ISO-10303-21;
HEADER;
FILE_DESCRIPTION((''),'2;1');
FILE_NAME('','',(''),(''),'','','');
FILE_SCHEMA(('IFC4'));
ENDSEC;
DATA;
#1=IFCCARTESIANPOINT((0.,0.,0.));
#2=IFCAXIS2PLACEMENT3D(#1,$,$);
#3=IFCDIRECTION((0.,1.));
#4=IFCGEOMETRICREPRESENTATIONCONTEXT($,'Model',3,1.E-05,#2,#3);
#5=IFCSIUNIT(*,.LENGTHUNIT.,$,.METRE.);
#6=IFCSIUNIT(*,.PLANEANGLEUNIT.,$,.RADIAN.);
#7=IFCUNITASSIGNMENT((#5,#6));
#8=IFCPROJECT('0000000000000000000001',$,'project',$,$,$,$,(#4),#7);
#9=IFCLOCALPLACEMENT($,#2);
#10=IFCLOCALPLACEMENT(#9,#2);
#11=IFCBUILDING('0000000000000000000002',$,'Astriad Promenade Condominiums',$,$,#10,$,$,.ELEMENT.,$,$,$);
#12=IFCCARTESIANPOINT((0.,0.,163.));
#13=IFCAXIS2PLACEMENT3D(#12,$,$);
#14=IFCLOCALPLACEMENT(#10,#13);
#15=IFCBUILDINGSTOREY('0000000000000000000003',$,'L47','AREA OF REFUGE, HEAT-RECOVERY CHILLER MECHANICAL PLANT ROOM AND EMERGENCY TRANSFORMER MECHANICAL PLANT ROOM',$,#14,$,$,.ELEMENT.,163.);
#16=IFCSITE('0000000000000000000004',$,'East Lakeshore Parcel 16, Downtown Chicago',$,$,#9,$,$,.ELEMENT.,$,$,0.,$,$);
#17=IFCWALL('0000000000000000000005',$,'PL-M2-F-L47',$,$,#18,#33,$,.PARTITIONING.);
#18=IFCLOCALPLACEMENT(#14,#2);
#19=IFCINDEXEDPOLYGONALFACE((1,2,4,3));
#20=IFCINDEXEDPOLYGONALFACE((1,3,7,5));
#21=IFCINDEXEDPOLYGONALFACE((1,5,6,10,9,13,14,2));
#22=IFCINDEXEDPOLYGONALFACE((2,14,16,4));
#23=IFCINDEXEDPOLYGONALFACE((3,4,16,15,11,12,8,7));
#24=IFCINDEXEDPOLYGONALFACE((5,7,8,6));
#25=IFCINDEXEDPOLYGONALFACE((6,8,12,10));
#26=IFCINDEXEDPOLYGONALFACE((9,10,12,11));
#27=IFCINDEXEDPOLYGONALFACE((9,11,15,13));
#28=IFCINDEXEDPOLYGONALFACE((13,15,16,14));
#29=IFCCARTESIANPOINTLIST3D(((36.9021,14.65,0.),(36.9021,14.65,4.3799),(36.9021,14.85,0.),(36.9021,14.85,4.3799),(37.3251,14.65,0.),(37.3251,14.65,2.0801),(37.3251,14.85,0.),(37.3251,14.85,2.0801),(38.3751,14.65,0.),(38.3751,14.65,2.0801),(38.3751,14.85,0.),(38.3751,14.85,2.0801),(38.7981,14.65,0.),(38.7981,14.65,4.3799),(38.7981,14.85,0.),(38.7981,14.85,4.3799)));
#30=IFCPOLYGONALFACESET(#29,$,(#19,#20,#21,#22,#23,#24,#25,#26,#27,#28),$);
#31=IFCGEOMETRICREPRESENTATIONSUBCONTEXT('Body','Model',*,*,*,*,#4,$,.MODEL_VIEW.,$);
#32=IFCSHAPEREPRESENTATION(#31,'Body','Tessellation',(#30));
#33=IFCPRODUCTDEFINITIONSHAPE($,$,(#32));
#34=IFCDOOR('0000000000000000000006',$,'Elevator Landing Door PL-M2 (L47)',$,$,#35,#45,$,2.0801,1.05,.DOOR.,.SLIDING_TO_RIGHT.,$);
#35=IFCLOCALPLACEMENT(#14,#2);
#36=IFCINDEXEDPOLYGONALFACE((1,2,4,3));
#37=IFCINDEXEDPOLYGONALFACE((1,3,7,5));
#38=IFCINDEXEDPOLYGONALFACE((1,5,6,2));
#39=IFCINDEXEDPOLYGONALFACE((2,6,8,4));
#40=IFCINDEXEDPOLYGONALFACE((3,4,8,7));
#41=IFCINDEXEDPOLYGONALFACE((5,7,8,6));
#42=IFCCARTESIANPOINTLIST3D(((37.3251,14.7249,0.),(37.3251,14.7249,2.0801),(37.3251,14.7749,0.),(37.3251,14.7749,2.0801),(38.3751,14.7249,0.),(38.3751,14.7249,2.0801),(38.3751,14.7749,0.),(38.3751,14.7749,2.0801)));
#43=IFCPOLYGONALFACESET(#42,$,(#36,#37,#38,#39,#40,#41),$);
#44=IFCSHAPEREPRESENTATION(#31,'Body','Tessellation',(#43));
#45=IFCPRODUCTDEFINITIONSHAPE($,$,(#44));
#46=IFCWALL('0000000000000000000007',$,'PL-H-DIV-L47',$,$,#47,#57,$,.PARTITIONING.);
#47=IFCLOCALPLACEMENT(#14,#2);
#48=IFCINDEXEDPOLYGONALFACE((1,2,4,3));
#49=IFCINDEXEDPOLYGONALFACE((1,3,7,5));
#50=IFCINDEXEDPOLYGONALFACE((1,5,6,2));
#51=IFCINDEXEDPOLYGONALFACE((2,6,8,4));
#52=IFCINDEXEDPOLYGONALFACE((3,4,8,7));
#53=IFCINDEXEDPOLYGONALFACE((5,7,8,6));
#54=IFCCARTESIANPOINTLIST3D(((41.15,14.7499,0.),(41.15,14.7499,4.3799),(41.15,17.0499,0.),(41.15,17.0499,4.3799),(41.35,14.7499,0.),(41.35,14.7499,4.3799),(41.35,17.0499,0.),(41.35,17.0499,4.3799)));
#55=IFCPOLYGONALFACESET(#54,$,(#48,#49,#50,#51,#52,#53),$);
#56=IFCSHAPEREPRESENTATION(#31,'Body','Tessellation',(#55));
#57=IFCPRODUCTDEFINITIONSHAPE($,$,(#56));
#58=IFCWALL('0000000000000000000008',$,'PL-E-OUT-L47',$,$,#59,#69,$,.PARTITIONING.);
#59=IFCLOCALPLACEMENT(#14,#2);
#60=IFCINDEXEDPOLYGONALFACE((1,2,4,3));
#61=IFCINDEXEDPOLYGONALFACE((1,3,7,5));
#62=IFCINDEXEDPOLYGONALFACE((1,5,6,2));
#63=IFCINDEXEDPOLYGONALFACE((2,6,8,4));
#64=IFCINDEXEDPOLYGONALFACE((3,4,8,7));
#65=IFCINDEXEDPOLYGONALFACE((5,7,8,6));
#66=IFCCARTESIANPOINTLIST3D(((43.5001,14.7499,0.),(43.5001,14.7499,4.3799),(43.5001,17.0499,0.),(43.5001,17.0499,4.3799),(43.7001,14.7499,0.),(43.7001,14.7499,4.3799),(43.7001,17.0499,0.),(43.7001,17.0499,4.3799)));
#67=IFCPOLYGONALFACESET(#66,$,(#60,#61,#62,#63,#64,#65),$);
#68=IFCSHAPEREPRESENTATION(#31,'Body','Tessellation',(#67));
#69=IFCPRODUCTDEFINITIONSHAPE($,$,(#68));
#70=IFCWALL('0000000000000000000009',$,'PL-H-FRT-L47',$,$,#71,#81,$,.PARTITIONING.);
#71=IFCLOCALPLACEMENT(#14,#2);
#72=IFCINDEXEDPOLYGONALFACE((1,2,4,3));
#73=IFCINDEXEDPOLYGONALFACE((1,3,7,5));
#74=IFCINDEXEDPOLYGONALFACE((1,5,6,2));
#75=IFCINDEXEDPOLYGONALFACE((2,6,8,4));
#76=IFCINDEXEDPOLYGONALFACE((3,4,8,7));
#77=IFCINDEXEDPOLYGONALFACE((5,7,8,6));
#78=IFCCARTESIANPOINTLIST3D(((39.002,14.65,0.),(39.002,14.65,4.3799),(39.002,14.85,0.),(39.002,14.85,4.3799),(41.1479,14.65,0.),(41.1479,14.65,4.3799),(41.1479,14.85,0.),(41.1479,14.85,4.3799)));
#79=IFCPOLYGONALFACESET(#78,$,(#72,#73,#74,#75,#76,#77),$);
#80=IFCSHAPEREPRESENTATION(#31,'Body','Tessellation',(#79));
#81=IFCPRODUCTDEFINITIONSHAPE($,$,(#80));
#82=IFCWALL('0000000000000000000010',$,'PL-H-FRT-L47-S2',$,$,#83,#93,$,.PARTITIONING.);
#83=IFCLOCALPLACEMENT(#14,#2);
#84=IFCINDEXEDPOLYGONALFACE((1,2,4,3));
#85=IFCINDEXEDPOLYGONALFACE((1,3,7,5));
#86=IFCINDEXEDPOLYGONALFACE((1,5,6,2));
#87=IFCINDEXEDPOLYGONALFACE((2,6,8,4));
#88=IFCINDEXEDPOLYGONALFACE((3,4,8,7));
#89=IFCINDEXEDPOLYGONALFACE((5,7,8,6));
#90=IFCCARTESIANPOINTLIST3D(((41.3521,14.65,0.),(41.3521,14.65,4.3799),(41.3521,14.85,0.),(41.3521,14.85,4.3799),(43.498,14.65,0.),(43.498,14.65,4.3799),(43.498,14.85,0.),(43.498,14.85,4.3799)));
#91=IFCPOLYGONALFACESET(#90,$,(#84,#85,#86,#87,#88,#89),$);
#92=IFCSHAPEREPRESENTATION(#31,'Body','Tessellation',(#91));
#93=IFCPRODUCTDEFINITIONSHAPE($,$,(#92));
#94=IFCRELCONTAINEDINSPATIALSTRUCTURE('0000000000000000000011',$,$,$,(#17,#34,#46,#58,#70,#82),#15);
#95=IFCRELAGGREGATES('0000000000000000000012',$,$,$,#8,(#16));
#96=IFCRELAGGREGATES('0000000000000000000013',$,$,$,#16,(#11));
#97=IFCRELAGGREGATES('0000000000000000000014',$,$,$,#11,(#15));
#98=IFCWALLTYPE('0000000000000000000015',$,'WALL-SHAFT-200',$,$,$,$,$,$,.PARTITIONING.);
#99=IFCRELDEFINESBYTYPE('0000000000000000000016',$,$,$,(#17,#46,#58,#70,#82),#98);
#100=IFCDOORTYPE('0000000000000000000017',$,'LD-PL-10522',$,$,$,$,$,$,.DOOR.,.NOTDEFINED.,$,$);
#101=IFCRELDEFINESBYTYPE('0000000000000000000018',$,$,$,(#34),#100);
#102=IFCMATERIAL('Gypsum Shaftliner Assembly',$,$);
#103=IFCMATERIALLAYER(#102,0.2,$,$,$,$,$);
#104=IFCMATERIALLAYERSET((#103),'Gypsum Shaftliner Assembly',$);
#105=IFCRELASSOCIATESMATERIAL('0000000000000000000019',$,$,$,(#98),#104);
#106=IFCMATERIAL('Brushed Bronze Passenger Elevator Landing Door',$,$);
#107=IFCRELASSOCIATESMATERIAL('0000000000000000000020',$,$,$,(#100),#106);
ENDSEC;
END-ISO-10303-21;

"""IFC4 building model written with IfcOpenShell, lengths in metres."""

from ifc_helpers import new_model, si_unit, direction, frame, frame_2d, origin, place, context, subcontext, project, spatial, rectangle, extrude, source, transform, mapped, material, layer, layer_set, type_object, type_shapes, element, fill, save


model = new_model("IFC4")

# Units and contexts
model_context = context("Model", 3, precision=1e-05, world=origin(), true_north=direction((0.0, 1.0)))
body_context = subcontext(model_context, "Body", "Model", "MODEL_VIEW")
ifc_project = project(units=[si_unit("LENGTHUNIT", "METRE"), si_unit("PLANEANGLEUNIT", "RADIAN")], contexts=[model_context])

# Site, building, storey
site_placement = place(None, origin())
site = spatial("IfcSite", under=ifc_project, at=site_placement, Name="East Lakeshore Parcel 16, Downtown Chicago", CompositionType="ELEMENT", RefElevation=0.0)
building_placement = place(site_placement, origin())
building = spatial("IfcBuilding", under=site, at=building_placement, Name="Astriad Promenade Condominiums", CompositionType="ELEMENT")
storey_placement = place(building_placement, frame((0.0, 0.0, 163.0)))
storey = spatial("IfcBuildingStorey", under=building, at=storey_placement, Name="L47", Description="AREA OF REFUGE, HEAT-RECOVERY CHILLER MECHANICAL PLANT ROOM AND EMERGENCY TRANSFORMER MECHANICAL PLANT ROOM", CompositionType="ELEMENT", Elevation=163.0)

# Shared definitions
ifc_material_1 = material(Name="Gypsum Shaftliner Assembly")
ifc_layer_1 = layer(ifc_material_1, 0.2)
ifc_layer_set_1 = layer_set([ifc_layer_1], Name="Gypsum Shaftliner Assembly")
wall_type_1 = type_object("IfcWallType", Name="WALL-SHAFT-200", PredefinedType="PARTITIONING", material=ifc_layer_set_1)

# Wall, opening, door
wall_1_placement = place(storey_placement, frame((36.9021, 14.75, 0.0), z_axis=(0.0, 0.0, 1.0), x_axis=(1.0, 0.0, 0.0)))
wall_1 = element("IfcWall", 1, at=wall_1_placement, inside=storey, type_object=wall_type_1, Name="PL-M2-F-L47", PredefinedType="PARTITIONING", context=body_context, shape_type="SweptSolid", body=[
    extrude(rectangle(XDim=1.896, YDim=0.2, at=frame_2d((0.948, 0.0))), origin(), (0.0, 0.0, 1.0), 4.3799),
])
opening_1_placement = place(wall_1_placement, frame((0.4231, 0.0, 0.0)))
opening_1 = element("IfcOpeningElement", 2, at=opening_1_placement, cuts=wall_1, PredefinedType="OPENING", context=body_context, shape_type="SweptSolid", body=[
    extrude(rectangle(XDim=1.05, YDim=2.0801, at=frame_2d((0.5249, 1.04))), frame((0.0, 0.1099, 0.0), z_axis=(0.0, -1.0, 0.0), x_axis=(1.0, 0.0, 0.0)), (0.0, 0.0, 1.0), 0.22),
])
ifc_material_2 = material(Name="Brushed Bronze Passenger Elevator Landing Door")
door_type_1 = type_object("IfcDoorType", Name="LD-PL-10522", OperationType="NOTDEFINED", PredefinedType="DOOR", material=ifc_material_2)
shared_shape_1 = source(origin(), body_context, "Body", "SweptSolid", [
    extrude(rectangle(XDim=1.05, YDim=2.0801, at=frame_2d((0.5249, 1.04))), frame((0.0, 0.0249, 0.0), z_axis=(0.0, -1.0, 0.0), x_axis=(1.0, 0.0, 0.0)), (0.0, 0.0, 1.0), 0.05),
])
type_shapes(door_type_1, [shared_shape_1])
door_1_placement = place(opening_1_placement, origin())
door_1 = element("IfcDoor", 3, at=door_1_placement, inside=storey, type_object=door_type_1, Name="Elevator Landing Door PL-M2 (L47)", OperationType="SLIDING_TO_RIGHT", OverallHeight=2.0801, OverallWidth=1.05, PredefinedType="DOOR", context=body_context, shape_type="MappedRepresentation", body=[
    mapped(shared_shape_1, transform((0.0, 0.0, 0.0), scale=1.0)),
])
fill(opening_1, door_1)

# Walls
for number, where, z_axis, x_axis, name in (
    (4, (41.25, 14.75, 0.0), (0.0, 0.0, 1.0), (0.0, 1.0, 0.0), "PL-H-DIV-L47"),
    (5, (43.6001, 14.75, 0.0), (0.0, 0.0, 1.0), (0.0, 1.0, 0.0), "PL-E-OUT-L47"),
):
    element("IfcWall", number, at=place(storey_placement, frame(where, z_axis=z_axis, x_axis=x_axis)), inside=storey, type_object=wall_type_1, Name=name, PredefinedType="PARTITIONING", context=body_context, shape_type="SweptSolid", body=[
        extrude(rectangle(XDim=2.3, YDim=0.2, at=frame_2d((1.1499, 0.0))), origin(), (0.0, 0.0, 1.0), 4.3799),
    ])
for number, where, z_axis, x_axis, name in (
    (6, (39.002, 14.75, 0.0), (0.0, 0.0, 1.0), (1.0, 0.0, 0.0), "PL-H-FRT-L47"),
    (7, (41.3521, 14.75, 0.0), (0.0, 0.0, 1.0), (1.0, 0.0, 0.0), "PL-H-FRT-L47-S2"),
):
    element("IfcWall", number, at=place(storey_placement, frame(where, z_axis=z_axis, x_axis=x_axis)), inside=storey, type_object=wall_type_1, Name=name, PredefinedType="PARTITIONING", context=body_context, shape_type="SweptSolid", body=[
        extrude(rectangle(XDim=2.146, YDim=0.2, at=frame_2d((1.073, 0.0))), origin(), (0.0, 0.0, 1.0), 4.3799),
    ])

save(model, "model.ifc")
